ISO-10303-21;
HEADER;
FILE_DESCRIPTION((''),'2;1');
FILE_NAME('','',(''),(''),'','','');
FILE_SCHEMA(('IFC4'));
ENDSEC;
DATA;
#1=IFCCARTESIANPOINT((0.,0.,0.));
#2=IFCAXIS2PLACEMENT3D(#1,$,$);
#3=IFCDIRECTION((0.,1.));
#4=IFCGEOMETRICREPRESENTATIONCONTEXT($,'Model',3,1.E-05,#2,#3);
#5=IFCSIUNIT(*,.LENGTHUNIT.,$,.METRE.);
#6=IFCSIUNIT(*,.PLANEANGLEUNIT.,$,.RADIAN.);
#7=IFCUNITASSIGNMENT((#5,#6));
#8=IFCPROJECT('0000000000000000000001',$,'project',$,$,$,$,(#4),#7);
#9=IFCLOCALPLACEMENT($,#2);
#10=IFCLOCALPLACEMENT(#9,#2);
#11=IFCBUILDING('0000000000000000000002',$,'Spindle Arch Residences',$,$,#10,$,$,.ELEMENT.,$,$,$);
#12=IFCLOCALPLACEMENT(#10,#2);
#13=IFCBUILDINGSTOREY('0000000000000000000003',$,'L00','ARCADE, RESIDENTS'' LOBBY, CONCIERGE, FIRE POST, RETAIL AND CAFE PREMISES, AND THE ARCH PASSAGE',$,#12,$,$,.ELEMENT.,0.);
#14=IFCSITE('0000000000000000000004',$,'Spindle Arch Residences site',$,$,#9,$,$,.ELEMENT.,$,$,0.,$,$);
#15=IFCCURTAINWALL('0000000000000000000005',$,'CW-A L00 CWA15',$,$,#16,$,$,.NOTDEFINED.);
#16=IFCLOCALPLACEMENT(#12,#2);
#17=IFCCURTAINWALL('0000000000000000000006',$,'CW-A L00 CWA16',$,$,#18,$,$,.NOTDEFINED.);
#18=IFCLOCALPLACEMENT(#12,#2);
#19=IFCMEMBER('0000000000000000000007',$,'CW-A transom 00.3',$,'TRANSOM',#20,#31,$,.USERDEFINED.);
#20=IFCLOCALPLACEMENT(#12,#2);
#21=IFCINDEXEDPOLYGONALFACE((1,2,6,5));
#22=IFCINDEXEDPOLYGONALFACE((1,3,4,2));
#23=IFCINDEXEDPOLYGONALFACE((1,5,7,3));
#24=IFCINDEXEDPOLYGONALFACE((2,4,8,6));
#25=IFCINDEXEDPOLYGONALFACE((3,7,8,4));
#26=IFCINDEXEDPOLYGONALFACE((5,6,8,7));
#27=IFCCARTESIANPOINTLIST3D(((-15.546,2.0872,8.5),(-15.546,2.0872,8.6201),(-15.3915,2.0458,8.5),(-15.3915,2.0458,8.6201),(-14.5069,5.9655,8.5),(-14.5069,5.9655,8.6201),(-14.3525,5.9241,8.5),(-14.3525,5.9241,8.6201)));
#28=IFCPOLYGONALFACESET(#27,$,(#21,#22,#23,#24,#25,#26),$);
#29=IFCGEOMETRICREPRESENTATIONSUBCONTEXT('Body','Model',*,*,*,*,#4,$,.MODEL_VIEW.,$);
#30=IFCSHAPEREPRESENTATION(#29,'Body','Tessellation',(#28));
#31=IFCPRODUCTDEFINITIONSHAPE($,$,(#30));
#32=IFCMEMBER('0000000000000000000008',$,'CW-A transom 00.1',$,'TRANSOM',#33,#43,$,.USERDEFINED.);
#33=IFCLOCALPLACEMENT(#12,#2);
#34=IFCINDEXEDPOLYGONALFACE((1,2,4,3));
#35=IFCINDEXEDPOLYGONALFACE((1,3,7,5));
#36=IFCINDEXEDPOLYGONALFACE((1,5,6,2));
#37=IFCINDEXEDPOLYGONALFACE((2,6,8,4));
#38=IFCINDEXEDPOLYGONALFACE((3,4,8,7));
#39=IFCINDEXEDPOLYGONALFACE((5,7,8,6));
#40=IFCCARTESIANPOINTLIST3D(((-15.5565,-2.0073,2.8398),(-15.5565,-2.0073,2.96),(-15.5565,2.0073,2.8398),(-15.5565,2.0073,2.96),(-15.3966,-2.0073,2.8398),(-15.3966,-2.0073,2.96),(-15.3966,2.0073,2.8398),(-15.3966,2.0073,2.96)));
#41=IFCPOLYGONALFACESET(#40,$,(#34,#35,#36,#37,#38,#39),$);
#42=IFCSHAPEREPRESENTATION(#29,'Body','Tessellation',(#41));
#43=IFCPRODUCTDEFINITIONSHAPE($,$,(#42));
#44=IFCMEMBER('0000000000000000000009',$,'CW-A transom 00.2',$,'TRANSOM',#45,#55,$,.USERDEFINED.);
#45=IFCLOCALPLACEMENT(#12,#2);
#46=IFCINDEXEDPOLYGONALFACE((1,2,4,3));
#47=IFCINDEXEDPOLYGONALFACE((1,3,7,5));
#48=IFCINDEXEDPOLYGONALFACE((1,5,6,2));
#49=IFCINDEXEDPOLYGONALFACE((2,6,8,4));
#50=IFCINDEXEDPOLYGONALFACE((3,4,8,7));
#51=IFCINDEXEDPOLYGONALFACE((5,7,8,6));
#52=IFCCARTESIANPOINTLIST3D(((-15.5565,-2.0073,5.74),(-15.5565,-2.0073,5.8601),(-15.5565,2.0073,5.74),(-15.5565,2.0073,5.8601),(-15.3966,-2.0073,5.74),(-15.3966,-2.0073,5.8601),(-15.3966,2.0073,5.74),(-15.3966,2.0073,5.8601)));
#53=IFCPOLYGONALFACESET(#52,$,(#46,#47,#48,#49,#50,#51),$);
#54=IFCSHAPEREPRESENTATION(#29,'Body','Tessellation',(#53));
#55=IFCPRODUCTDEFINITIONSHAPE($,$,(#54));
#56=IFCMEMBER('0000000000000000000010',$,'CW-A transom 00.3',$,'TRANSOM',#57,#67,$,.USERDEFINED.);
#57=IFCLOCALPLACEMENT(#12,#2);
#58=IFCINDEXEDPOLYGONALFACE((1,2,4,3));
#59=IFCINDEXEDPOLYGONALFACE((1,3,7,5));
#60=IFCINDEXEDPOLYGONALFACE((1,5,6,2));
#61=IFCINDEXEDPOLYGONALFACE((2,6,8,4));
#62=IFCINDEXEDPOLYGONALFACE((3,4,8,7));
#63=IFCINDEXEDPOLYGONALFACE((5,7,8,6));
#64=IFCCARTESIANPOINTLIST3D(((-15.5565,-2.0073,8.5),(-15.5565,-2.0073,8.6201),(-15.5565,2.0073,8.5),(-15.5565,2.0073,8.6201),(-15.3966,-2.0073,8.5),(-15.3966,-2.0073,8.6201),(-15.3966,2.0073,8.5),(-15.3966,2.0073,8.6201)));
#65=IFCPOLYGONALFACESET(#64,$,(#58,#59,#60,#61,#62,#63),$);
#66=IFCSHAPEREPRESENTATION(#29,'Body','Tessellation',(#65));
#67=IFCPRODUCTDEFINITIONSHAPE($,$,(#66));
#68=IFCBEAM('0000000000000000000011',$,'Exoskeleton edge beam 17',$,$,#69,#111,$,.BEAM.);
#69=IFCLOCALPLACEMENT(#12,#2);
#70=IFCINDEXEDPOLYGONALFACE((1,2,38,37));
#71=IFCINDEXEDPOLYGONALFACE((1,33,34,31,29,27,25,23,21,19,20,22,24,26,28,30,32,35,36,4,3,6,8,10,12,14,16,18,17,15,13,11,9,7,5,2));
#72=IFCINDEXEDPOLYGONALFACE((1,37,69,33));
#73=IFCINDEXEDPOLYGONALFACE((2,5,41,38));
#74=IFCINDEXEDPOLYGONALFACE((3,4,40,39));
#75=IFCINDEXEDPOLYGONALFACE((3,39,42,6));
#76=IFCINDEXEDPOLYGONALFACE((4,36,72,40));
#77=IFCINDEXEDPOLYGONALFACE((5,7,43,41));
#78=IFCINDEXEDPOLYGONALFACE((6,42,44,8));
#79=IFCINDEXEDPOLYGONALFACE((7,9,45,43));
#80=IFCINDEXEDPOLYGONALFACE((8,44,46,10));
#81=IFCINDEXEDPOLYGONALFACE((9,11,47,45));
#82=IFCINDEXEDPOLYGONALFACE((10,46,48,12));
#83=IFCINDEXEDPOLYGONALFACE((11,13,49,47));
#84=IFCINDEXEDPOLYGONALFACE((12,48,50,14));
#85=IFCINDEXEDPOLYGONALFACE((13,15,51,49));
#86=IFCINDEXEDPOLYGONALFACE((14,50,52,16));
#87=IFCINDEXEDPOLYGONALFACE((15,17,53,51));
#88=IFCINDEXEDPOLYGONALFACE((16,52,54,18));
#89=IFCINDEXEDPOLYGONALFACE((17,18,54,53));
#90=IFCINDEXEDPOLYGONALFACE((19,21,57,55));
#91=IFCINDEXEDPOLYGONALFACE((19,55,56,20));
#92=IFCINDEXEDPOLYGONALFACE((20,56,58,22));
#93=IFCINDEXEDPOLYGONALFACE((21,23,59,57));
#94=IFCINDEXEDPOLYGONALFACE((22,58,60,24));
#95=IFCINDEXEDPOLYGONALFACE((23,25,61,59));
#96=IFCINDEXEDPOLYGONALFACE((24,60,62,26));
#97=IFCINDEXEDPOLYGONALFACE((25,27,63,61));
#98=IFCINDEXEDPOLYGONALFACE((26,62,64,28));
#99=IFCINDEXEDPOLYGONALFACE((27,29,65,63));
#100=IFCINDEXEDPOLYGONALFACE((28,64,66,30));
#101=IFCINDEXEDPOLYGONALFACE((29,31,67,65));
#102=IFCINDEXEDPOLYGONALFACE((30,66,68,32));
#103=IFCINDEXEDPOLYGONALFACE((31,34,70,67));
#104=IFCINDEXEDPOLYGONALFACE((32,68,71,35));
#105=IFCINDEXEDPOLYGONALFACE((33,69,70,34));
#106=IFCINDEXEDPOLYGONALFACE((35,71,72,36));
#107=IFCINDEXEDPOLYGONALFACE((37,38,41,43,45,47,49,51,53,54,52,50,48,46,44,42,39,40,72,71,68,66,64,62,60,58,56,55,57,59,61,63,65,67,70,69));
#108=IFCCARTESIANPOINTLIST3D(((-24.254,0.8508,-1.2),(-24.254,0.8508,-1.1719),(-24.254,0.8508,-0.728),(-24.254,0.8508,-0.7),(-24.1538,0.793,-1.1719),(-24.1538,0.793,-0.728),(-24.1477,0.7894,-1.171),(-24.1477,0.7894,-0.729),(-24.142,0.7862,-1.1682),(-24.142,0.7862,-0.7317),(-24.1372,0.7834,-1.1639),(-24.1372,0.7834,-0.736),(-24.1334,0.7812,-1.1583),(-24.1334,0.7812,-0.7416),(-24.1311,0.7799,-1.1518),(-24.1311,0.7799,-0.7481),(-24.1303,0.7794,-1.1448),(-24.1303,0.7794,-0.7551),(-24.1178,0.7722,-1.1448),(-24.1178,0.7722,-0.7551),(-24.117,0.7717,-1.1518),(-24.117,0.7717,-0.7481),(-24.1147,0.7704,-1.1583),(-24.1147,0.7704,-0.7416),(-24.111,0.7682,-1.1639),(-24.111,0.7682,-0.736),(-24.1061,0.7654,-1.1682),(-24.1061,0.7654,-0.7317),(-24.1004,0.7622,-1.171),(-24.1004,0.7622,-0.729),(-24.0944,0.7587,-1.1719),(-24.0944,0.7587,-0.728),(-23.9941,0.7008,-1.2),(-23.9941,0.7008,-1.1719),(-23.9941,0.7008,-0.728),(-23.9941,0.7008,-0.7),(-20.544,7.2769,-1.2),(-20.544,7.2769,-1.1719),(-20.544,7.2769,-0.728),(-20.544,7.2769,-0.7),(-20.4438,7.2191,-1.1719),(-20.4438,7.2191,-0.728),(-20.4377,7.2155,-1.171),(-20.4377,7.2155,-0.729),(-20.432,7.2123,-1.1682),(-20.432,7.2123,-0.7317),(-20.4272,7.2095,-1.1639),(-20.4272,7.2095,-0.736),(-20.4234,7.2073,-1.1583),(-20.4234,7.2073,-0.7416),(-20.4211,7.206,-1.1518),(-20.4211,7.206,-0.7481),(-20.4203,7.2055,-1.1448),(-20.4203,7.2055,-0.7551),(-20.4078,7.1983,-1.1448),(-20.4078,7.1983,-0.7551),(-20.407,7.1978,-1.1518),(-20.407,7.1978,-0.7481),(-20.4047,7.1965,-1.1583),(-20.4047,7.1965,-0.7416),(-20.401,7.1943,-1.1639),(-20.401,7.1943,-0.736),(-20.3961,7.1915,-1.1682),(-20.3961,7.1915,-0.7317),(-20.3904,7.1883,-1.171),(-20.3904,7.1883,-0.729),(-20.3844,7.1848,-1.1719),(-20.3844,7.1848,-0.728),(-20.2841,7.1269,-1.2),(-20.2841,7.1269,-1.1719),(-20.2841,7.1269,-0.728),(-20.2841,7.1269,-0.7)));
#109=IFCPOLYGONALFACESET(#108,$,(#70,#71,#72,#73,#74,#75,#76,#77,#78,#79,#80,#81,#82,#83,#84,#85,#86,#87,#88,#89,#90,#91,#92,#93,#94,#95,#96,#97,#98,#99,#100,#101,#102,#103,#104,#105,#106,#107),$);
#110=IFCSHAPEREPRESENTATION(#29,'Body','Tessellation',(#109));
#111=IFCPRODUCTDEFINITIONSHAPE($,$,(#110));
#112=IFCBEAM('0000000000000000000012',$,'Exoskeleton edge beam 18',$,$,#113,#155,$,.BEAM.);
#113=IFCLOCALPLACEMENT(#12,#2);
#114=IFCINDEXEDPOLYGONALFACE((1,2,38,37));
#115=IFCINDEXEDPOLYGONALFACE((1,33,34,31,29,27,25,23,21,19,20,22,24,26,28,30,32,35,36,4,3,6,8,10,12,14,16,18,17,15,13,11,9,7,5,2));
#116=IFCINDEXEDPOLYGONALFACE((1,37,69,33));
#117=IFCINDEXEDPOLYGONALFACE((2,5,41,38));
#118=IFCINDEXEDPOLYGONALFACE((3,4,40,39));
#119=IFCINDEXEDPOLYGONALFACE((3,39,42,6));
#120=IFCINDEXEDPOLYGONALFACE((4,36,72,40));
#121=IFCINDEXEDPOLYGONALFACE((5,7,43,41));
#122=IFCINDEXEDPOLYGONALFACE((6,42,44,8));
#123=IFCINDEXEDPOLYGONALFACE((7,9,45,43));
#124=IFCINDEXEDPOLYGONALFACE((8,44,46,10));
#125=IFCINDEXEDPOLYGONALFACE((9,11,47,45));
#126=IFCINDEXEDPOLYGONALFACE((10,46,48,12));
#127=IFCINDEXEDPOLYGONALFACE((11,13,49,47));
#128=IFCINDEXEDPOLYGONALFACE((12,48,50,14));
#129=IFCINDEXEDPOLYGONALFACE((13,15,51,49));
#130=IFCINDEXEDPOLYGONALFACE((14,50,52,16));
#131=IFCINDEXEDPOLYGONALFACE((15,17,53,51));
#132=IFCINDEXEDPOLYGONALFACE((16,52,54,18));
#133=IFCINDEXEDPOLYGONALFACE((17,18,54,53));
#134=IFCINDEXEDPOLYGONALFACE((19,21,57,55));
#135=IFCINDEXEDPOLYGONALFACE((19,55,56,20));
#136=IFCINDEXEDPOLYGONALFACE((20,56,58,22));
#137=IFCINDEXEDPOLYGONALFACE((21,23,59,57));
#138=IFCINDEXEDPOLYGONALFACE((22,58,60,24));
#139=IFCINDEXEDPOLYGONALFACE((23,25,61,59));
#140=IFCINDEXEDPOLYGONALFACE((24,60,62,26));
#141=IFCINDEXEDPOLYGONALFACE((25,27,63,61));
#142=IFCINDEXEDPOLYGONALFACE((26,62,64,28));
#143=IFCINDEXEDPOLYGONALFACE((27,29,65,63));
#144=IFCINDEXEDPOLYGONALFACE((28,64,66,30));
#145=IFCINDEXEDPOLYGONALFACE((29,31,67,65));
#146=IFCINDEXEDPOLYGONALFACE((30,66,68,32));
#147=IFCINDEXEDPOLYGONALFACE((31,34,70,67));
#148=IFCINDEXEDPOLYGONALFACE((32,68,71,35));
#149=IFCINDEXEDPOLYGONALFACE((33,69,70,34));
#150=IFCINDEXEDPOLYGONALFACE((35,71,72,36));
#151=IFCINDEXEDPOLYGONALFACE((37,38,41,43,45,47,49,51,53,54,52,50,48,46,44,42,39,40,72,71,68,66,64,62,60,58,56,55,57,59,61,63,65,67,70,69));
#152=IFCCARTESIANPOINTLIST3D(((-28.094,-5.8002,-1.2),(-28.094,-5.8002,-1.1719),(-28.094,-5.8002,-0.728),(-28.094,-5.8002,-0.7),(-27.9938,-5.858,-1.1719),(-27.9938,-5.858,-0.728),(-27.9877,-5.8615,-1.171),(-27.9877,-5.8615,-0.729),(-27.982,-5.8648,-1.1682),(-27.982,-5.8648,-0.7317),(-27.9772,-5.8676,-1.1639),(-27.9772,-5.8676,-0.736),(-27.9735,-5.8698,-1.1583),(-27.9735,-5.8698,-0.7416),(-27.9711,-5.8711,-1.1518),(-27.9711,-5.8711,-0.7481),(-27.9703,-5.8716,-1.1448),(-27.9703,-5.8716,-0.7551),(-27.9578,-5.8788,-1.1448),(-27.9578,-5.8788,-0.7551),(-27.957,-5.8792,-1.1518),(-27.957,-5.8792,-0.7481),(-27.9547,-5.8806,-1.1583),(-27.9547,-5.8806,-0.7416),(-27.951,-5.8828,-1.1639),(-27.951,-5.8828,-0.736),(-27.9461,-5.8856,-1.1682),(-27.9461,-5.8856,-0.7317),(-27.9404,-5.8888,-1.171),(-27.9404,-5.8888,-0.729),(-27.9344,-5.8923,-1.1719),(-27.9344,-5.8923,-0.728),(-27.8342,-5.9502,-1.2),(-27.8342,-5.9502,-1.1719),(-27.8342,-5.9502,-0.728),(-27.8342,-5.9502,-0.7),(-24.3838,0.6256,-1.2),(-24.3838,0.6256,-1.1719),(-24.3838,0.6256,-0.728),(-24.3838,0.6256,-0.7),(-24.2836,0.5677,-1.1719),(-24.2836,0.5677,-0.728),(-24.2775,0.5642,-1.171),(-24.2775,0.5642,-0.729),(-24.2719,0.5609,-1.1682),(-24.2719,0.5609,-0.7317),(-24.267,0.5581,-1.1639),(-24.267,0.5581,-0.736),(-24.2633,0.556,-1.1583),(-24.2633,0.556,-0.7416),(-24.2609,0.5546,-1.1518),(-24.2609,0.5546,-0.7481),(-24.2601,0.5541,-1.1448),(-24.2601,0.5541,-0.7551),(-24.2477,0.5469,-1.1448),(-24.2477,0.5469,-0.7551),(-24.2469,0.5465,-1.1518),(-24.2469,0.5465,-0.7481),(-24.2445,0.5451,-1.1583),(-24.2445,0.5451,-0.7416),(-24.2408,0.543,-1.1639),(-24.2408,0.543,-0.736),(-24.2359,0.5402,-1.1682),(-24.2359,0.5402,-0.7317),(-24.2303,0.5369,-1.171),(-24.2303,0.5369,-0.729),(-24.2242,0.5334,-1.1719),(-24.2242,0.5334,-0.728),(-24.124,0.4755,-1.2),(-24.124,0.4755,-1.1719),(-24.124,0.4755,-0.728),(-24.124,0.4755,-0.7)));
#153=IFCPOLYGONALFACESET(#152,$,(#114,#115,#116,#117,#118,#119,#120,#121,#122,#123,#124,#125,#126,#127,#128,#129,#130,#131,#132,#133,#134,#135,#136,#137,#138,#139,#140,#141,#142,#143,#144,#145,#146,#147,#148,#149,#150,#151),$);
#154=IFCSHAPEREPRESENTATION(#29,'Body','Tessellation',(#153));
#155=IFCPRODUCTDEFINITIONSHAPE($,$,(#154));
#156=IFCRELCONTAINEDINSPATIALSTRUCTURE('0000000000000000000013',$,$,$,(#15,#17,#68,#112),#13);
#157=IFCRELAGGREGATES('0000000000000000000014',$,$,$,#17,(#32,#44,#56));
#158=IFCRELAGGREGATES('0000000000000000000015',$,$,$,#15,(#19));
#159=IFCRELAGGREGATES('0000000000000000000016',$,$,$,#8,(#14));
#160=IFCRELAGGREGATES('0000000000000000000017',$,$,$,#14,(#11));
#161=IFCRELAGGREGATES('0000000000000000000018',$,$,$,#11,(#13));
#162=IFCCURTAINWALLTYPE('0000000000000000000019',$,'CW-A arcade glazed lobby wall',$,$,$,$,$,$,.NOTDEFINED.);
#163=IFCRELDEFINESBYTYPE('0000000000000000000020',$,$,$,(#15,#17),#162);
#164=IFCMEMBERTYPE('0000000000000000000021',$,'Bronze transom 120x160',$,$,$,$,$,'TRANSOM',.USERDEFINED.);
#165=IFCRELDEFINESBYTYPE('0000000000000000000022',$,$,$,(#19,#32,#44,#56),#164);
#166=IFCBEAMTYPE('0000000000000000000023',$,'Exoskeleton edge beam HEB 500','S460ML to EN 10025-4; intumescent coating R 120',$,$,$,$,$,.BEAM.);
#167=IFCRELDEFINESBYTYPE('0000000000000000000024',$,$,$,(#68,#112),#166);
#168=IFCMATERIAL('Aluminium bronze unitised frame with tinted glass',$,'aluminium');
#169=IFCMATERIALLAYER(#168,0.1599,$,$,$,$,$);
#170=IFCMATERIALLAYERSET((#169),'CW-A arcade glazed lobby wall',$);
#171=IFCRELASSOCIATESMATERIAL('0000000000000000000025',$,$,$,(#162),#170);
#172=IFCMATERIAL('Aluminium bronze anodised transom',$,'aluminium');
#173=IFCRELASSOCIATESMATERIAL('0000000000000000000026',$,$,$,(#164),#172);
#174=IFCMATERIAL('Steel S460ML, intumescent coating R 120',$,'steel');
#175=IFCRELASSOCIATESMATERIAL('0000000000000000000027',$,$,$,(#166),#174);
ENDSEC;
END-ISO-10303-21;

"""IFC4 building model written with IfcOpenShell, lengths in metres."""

from ifc_helpers import new_model, si_unit, direction, frame, origin, origin_2d, place, context, subcontext, project, spatial, rectangle, i_section, extrude, material, layer, layer_set, material_profile, profile_set, type_object, element, aggregate, save


model = new_model("IFC4")

# Units and contexts
model_context = context("Model", 3, precision=1e-05, world=origin(), true_north=direction((0.0, 1.0)))
body_context = subcontext(model_context, "Body", "Model", "MODEL_VIEW")
ifc_project = project(units=[si_unit("LENGTHUNIT", "METRE"), si_unit("PLANEANGLEUNIT", "RADIAN")], contexts=[model_context])

# Site, building, storey
site_placement = place(None, origin())
site = spatial("IfcSite", under=ifc_project, at=site_placement, Name="Spindle Arch Residences site", CompositionType="ELEMENT", RefElevation=0.0)
building_placement = place(site_placement, origin())
building = spatial("IfcBuilding", under=site, at=building_placement, Name="Spindle Arch Residences", CompositionType="ELEMENT")
storey_placement = place(building_placement, origin())
storey = spatial("IfcBuildingStorey", under=building, at=storey_placement, Name="L00", Description="ARCADE, RESIDENTS' LOBBY, CONCIERGE, FIRE POST, RETAIL AND CAFE PREMISES, AND THE ARCH PASSAGE", CompositionType="ELEMENT", Elevation=0.0)

# Curtain walls
ifc_material_1 = material(Name="Aluminium bronze unitised frame with tinted glass", Category="aluminium")
ifc_layer_1 = layer(ifc_material_1, 0.1599)
ifc_layer_set_1 = layer_set([ifc_layer_1], Name="CW-A arcade glazed lobby wall")
curtain_wall_type = type_object("IfcCurtainWallType", Name="CW-A arcade glazed lobby wall", PredefinedType="NOTDEFINED", material=ifc_layer_set_1)
curtain_wall_1_placement = place(storey_placement, origin())
curtain_wall_1 = element("IfcCurtainWall", 1, at=curtain_wall_1_placement, inside=storey, type_object=curtain_wall_type, Name="CW-A L00 CWA15", PredefinedType="NOTDEFINED")
curtain_wall_2_placement = place(storey_placement, origin())
curtain_wall_2 = element("IfcCurtainWall", 2, at=curtain_wall_2_placement, inside=storey, type_object=curtain_wall_type, Name="CW-A L00 CWA16", PredefinedType="NOTDEFINED")

# Shared definitions
ifc_material_2 = material(Name="Aluminium bronze anodised transom", Category="aluminium")
ifc_material_profile_1 = material_profile(ifc_material_2, rectangle(XDim=0.1599, YDim=0.1201, at=origin_2d()), Name="TR 120x160")
ifc_profile_set_1 = profile_set([ifc_material_profile_1], Name="Aluminium bronze anodised transom")
member_type_1 = type_object("IfcMemberType", Name="Bronze transom 120x160", ElementType="TRANSOM", PredefinedType="USERDEFINED", material=ifc_profile_set_1)

# Members
member_1_placement = place(storey_placement, frame((-14.4297, 5.9448, 8.5601), z_axis=(-0.258783, -0.965936, 0.0), x_axis=(0.965936, -0.258783, 0.0)))
member_1 = element("IfcMember", 3, at=member_1_placement, type_object=member_type_1, Name="CW-A transom 00.3", ObjectType="TRANSOM", PredefinedType="USERDEFINED", context=body_context, shape_type="SweptSolid", body=[
    extrude(rectangle(XDim=0.1599, YDim=0.1201, at=origin_2d()), origin(), (0.0, 0.0, 1.0), 4.0151),
])
member_2_placement = place(storey_placement, frame((-15.4766, 2.0073, 2.8999), z_axis=(0.0, -1.0, 0.0), x_axis=(1.0, 0.0, 0.0)))
member_2 = element("IfcMember", 4, at=member_2_placement, type_object=member_type_1, Name="CW-A transom 00.1", ObjectType="TRANSOM", PredefinedType="USERDEFINED", context=body_context, shape_type="SweptSolid", body=[
    extrude(rectangle(XDim=0.1599, YDim=0.1201, at=origin_2d()), origin(), (0.0, 0.0, 1.0), 4.0146),
])
member_3_placement = place(storey_placement, frame((-15.4766, 2.0073, 5.8), z_axis=(0.0, -1.0, 0.0), x_axis=(1.0, 0.0, 0.0)))
member_3 = element("IfcMember", 5, at=member_3_placement, type_object=member_type_1, Name="CW-A transom 00.2", ObjectType="TRANSOM", PredefinedType="USERDEFINED", context=body_context, shape_type="SweptSolid", body=[
    extrude(rectangle(XDim=0.1599, YDim=0.1201, at=origin_2d()), origin(), (0.0, 0.0, 1.0), 4.0146),
])
member_4_placement = place(storey_placement, frame((-15.4766, 2.0073, 8.5601), z_axis=(0.0, -1.0, 0.0), x_axis=(1.0, 0.0, 0.0)))
member_4 = element("IfcMember", 6, at=member_4_placement, type_object=member_type_1, Name="CW-A transom 00.3", ObjectType="TRANSOM", PredefinedType="USERDEFINED", context=body_context, shape_type="SweptSolid", body=[
    extrude(rectangle(XDim=0.1599, YDim=0.1201, at=origin_2d()), origin(), (0.0, 0.0, 1.0), 4.0146),
])
aggregate(curtain_wall_2, [member_2, member_3, member_4])

# Beams
ifc_material_3 = material(Name="Steel S460ML, intumescent coating R 120", Category="steel")
ifc_material_profile_2 = material_profile(ifc_material_3, i_section(OverallWidth=0.3, OverallDepth=0.5, WebThickness=0.0144, FlangeThickness=0.0281, FilletRadius=0.0271, at=origin_2d()), Name="HEB 500")
ifc_profile_set_2 = profile_set([ifc_material_profile_2], Name="Steel S460ML, intumescent coating R 120")
beam_type_1 = type_object("IfcBeamType", Name="Exoskeleton edge beam HEB 500", Description="S460ML to EN 10025-4; intumescent coating R 120", PredefinedType="BEAM", material=ifc_profile_set_2)
beam_1_placement = place(storey_placement, frame((-20.4141, 7.2019, -0.95), z_axis=(-0.499989, -0.866032, 0.0), x_axis=(0.866032, -0.499989, 0.0)))
element("IfcBeam", 7, at=beam_1_placement, inside=storey, type_object=beam_type_1, Name="Exoskeleton edge beam 17", PredefinedType="BEAM", context=body_context, shape_type="SweptSolid", body=[
    extrude(i_section(OverallWidth=0.3, OverallDepth=0.5, WebThickness=0.0144, FlangeThickness=0.0281, FilletRadius=0.0271, at=origin_2d()), origin(), (0.0, 0.0, 1.0), 7.4202),
])
beam_2_placement = place(storey_placement, frame((-24.2539, 0.5505, -0.95), z_axis=(-0.500028, -0.866009, 0.0), x_axis=(0.866009, -0.500028, 0.0)))
element("IfcBeam", 8, at=beam_2_placement, inside=storey, type_object=beam_type_1, Name="Exoskeleton edge beam 18", PredefinedType="BEAM", context=body_context, shape_type="SweptSolid", body=[
    extrude(i_section(OverallWidth=0.3, OverallDepth=0.5, WebThickness=0.0144, FlangeThickness=0.0281, FilletRadius=0.0271, at=origin_2d()), origin(), (0.0, 0.0, 1.0), 7.4199),
])

aggregate(curtain_wall_1, [member_1])

save(model, "model.ifc")
